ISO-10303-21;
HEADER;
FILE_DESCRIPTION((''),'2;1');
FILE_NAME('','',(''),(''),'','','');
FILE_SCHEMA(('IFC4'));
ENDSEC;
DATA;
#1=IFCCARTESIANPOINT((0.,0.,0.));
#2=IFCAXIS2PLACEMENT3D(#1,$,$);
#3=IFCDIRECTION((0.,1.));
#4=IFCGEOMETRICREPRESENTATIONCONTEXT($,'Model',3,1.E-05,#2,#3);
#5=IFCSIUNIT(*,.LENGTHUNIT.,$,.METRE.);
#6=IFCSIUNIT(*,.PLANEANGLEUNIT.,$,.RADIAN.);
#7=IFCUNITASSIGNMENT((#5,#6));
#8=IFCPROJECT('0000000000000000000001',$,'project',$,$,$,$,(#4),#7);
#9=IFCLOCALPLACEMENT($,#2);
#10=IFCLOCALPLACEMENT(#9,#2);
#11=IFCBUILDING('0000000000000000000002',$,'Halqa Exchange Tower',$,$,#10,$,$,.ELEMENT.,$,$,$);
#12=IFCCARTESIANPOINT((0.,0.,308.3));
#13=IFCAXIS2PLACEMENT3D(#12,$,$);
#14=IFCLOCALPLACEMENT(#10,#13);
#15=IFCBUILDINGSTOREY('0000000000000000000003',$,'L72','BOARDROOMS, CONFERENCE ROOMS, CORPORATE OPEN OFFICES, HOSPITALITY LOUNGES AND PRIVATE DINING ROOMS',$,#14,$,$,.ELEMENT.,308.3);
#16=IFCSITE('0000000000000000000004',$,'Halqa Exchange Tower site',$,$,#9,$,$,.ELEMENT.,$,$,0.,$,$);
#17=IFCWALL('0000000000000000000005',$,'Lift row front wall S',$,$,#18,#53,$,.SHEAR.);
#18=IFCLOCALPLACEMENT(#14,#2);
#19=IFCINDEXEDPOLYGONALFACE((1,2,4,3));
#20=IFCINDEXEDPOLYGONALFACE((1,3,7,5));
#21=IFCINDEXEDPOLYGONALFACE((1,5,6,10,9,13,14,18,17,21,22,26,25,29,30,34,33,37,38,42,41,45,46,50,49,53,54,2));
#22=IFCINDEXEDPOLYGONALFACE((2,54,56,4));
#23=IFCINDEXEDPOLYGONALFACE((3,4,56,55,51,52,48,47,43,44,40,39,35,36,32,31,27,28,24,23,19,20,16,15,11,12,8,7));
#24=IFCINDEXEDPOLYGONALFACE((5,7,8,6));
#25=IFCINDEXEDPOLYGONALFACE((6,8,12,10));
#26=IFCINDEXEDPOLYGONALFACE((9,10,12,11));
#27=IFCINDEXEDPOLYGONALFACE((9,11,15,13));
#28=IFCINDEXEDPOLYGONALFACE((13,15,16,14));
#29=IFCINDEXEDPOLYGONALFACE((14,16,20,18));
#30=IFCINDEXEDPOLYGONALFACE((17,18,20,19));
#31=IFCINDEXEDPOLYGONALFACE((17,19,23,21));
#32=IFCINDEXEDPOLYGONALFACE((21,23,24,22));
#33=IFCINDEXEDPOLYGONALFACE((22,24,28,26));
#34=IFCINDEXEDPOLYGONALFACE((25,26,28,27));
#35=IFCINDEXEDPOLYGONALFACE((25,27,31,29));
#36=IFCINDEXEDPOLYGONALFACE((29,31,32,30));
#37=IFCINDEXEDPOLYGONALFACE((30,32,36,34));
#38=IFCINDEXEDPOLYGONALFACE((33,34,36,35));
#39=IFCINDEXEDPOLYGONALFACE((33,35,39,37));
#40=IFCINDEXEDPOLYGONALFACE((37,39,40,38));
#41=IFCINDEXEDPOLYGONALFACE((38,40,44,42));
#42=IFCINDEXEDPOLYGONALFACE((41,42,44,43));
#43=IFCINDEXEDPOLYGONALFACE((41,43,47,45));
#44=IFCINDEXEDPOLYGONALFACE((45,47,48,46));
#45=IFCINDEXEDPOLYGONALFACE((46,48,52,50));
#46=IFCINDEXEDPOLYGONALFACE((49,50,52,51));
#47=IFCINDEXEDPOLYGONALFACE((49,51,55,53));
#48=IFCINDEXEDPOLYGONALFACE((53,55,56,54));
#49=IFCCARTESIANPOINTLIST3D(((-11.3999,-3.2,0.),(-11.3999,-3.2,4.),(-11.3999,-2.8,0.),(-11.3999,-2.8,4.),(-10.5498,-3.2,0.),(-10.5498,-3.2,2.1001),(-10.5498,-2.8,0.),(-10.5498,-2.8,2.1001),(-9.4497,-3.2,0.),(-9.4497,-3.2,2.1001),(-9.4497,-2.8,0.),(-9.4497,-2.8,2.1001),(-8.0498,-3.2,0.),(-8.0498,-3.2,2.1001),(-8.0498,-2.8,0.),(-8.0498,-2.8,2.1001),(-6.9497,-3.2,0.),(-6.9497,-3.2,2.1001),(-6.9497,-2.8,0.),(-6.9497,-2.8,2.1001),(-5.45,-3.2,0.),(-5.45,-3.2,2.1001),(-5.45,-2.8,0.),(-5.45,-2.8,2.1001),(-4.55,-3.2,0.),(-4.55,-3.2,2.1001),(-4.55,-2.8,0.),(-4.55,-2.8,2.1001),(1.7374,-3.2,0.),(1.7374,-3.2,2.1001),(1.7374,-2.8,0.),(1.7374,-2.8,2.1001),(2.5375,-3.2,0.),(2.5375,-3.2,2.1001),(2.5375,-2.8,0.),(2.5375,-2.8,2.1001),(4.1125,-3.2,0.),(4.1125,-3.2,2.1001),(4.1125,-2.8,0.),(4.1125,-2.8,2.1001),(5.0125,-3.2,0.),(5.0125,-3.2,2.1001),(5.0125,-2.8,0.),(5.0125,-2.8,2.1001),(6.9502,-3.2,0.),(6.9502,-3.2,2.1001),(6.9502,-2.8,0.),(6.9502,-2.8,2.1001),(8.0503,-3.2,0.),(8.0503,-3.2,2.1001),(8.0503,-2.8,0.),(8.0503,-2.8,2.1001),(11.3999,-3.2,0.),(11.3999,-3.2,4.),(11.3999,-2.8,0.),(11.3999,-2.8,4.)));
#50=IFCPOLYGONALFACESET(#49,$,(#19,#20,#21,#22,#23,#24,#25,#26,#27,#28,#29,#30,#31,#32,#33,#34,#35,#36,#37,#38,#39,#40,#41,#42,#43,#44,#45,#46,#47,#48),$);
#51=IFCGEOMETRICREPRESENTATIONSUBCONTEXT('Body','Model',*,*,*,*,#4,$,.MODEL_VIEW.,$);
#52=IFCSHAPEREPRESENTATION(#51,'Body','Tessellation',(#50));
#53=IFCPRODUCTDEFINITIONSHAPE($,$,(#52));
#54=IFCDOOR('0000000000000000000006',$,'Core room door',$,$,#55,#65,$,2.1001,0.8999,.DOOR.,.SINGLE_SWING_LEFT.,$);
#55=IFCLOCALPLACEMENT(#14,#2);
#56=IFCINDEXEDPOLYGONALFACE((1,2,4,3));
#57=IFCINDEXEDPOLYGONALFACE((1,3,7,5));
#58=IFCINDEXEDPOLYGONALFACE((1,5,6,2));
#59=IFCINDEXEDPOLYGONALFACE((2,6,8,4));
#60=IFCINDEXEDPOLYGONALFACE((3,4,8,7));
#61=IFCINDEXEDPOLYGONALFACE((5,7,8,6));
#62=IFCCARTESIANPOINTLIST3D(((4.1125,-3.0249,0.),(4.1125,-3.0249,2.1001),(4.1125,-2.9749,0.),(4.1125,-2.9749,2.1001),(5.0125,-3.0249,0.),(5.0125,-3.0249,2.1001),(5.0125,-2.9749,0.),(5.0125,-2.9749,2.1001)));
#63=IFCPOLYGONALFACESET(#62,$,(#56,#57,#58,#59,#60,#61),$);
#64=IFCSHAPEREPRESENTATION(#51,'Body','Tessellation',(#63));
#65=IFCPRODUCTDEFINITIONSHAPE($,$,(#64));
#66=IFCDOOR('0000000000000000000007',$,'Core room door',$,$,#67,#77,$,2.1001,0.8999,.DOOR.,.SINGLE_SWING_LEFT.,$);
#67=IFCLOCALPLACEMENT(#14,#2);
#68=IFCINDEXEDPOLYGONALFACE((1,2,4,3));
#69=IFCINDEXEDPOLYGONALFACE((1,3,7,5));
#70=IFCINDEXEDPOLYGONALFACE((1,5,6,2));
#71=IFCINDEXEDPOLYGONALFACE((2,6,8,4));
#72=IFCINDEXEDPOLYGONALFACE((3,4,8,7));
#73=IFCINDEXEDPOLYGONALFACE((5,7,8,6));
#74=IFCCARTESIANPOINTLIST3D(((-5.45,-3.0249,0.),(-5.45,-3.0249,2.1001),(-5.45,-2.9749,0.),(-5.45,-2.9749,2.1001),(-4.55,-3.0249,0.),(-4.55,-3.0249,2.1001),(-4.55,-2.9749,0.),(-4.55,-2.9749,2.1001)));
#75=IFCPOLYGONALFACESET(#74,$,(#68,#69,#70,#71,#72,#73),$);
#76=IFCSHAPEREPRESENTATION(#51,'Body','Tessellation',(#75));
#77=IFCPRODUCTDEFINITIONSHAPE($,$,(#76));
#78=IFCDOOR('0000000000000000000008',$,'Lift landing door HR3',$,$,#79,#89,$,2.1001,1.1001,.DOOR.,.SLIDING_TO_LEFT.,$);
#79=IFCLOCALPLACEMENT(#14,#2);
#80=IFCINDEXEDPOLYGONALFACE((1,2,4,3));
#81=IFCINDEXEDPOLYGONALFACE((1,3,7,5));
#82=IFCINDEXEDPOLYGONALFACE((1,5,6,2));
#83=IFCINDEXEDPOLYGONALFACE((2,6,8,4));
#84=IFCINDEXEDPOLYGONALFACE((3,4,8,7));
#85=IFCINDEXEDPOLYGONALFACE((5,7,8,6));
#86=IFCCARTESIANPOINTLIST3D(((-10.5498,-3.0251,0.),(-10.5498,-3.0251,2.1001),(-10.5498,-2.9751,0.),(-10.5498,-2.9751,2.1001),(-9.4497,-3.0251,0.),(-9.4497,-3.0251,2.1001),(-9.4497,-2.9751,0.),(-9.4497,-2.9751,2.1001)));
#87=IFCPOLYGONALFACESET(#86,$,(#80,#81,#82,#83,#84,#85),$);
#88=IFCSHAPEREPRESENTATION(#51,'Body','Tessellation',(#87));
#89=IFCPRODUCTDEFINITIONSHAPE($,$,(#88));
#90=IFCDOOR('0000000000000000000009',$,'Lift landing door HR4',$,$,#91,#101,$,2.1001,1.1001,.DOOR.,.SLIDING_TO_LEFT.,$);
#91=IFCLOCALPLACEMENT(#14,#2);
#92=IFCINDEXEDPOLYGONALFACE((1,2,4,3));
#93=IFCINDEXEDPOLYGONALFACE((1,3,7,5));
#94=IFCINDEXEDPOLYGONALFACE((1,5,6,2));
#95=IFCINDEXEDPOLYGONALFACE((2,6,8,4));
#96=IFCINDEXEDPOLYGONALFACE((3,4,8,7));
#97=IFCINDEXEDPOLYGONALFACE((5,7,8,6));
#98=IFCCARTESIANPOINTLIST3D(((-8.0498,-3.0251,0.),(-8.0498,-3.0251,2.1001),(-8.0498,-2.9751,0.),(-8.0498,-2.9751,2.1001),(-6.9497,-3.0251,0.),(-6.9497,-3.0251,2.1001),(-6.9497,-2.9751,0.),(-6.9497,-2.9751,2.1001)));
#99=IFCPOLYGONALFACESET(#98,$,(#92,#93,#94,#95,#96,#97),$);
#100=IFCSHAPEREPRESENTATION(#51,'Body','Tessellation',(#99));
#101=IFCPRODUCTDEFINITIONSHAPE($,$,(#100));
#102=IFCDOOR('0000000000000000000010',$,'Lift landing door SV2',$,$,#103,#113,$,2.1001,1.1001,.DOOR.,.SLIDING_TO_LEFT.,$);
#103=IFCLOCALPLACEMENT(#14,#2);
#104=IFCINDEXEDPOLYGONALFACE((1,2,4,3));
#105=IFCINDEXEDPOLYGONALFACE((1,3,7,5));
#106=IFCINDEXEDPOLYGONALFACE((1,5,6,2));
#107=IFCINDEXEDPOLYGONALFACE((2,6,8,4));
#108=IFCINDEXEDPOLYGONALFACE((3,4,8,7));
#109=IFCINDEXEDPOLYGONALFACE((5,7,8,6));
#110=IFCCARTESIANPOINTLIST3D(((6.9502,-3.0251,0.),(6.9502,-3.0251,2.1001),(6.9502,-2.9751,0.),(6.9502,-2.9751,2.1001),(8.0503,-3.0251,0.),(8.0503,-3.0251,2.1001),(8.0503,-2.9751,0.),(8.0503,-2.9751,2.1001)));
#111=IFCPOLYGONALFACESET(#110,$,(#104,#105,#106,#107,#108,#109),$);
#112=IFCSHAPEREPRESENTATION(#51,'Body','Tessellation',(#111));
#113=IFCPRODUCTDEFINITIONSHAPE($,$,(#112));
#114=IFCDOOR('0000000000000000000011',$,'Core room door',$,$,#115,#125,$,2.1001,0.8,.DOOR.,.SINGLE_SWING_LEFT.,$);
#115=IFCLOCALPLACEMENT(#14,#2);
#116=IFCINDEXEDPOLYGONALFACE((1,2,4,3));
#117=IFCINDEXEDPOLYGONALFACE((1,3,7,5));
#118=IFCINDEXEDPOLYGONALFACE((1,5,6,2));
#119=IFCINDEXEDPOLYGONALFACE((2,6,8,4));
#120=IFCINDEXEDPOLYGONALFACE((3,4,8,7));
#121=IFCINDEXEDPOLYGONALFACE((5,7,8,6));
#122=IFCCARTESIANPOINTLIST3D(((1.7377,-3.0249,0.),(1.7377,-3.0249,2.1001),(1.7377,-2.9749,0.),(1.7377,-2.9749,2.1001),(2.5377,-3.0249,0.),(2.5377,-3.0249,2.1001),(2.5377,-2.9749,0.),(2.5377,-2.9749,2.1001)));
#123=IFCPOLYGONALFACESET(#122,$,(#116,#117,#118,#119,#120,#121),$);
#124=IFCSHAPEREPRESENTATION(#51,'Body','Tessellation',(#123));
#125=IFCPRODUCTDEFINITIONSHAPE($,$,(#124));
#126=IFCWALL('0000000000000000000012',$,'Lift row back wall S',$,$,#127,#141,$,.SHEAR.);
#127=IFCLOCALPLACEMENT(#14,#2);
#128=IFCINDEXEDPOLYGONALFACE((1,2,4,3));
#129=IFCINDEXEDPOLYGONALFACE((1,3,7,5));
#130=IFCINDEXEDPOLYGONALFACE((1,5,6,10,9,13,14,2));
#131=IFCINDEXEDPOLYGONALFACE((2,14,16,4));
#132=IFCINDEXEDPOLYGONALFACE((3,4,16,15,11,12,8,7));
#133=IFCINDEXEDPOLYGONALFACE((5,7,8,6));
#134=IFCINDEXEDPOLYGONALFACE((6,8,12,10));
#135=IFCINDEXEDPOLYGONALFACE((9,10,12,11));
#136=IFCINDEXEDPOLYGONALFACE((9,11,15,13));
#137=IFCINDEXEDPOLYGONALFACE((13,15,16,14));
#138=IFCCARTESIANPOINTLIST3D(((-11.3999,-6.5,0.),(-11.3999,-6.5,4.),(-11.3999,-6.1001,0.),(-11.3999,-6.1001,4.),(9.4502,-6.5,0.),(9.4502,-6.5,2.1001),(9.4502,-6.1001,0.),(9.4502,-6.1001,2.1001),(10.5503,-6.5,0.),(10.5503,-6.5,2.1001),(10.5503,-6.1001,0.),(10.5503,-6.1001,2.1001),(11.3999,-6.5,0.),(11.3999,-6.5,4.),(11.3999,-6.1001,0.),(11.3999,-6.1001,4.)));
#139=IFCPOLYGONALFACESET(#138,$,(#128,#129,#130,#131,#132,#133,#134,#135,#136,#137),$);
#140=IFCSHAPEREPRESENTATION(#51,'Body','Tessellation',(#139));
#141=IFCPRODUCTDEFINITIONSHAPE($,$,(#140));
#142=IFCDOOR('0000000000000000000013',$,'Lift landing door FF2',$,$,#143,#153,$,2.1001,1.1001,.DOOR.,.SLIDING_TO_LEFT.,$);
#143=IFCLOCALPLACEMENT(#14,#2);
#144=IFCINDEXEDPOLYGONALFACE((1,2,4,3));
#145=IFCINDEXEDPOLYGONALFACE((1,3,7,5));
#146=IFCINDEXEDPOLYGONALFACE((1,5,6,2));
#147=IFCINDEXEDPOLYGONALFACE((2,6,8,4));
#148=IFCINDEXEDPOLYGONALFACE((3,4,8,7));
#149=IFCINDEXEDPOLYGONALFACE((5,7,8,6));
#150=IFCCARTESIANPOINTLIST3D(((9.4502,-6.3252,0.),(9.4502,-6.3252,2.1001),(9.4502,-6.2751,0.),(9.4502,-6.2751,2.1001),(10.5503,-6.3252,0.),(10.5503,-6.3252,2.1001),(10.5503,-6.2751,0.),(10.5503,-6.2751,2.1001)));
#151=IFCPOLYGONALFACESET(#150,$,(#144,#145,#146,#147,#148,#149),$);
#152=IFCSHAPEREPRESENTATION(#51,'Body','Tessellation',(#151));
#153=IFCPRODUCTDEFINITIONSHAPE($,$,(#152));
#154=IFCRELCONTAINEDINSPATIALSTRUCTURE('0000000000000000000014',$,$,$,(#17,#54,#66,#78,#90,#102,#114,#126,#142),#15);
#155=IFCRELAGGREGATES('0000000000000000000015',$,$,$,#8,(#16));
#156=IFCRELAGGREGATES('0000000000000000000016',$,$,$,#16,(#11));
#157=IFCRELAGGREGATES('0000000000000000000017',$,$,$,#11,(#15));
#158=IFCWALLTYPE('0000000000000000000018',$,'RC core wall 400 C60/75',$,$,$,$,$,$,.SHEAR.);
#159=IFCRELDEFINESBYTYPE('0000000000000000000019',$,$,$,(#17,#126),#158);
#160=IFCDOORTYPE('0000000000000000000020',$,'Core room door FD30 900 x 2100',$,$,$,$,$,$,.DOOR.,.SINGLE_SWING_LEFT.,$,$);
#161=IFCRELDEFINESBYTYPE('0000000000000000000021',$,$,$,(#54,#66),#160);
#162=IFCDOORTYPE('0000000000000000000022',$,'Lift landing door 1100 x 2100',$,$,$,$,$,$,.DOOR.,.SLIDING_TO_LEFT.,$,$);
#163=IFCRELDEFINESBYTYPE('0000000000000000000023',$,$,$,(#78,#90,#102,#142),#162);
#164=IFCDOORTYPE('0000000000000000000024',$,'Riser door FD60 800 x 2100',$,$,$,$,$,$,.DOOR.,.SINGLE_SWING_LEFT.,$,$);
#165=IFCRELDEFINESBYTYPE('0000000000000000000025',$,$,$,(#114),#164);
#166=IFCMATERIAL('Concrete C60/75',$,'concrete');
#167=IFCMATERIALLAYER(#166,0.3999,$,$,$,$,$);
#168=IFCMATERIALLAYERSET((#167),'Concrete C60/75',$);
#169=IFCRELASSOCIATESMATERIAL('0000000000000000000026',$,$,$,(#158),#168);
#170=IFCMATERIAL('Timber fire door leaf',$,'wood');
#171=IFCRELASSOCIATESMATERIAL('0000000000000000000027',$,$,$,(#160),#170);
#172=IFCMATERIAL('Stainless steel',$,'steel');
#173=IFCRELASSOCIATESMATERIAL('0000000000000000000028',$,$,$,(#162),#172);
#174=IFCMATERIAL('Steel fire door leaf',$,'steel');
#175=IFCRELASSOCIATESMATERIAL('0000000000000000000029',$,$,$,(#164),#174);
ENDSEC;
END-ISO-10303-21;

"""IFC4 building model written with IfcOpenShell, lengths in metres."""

from ifc_helpers import new_model, si_unit, direction, frame, frame_2d, origin, place, context, subcontext, project, spatial, rectangle, extrude, material, layer, layer_set, type_object, element, fill, save


model = new_model("IFC4")

# Units and contexts
model_context = context("Model", 3, precision=1e-05, world=origin(), true_north=direction((0.0, 1.0)))
body_context = subcontext(model_context, "Body", "Model", "MODEL_VIEW")
ifc_project = project(units=[si_unit("LENGTHUNIT", "METRE"), si_unit("PLANEANGLEUNIT", "RADIAN")], contexts=[model_context])

# Site, building, storey
site_placement = place(None, origin())
site = spatial("IfcSite", under=ifc_project, at=site_placement, Name="Halqa Exchange Tower site", CompositionType="ELEMENT", RefElevation=0.0)
building_placement = place(site_placement, origin())
building = spatial("IfcBuilding", under=site, at=building_placement, Name="Halqa Exchange Tower", CompositionType="ELEMENT")
storey_placement = place(building_placement, frame((0.0, 0.0, 308.3)))
storey = spatial("IfcBuildingStorey", under=building, at=storey_placement, Name="L72", Description="BOARDROOMS, CONFERENCE ROOMS, CORPORATE OPEN OFFICES, HOSPITALITY LOUNGES AND PRIVATE DINING ROOMS", CompositionType="ELEMENT", Elevation=308.3)

# Shared definitions
ifc_material_1 = material(Name="Concrete C60/75", Category="concrete")

# Wall, openings, doors
ifc_layer_1 = layer(ifc_material_1, 0.3999)
ifc_layer_set_1 = layer_set([ifc_layer_1], Name="Concrete C60/75")
wall_type_1 = type_object("IfcWallType", Name="RC core wall 400 C60/75", PredefinedType="SHEAR", material=ifc_layer_set_1)
wall_1_placement = place(storey_placement, frame((-11.3999, -3.0, 0.0), z_axis=(0.0, 0.0, 1.0), x_axis=(1.0, 0.0, 0.0)))
wall_1 = element("IfcWall", 1, at=wall_1_placement, inside=storey, type_object=wall_type_1, Name="Lift row front wall S", PredefinedType="SHEAR", context=body_context, shape_type="SweptSolid", body=[
    extrude(rectangle(XDim=22.7998, YDim=0.3999, at=frame_2d((11.3999, 0.0))), origin(), (0.0, 0.0, 1.0), 4.0),
])
opening_1_placement = place(wall_1_placement, frame((0.8501, 0.0, 0.0)))
opening_1 = element("IfcOpeningElement", 2, at=opening_1_placement, cuts=wall_1, PredefinedType="OPENING", context=body_context, shape_type="SweptSolid", body=[
    extrude(rectangle(XDim=1.1001, YDim=2.1001, at=frame_2d((0.55, 1.05))), frame((0.0, 0.2119, 0.0), z_axis=(0.0, -1.0, 0.0), x_axis=(1.0, 0.0, 0.0)), (0.0, 0.0, 1.0), 0.4238),
])
opening_2_placement = place(wall_1_placement, frame((3.3501, 0.0, 0.0)))
opening_2 = element("IfcOpeningElement", 3, at=opening_2_placement, cuts=wall_1, PredefinedType="OPENING", context=body_context, shape_type="SweptSolid", body=[
    extrude(rectangle(XDim=1.1001, YDim=2.1001, at=frame_2d((0.55, 1.05))), frame((0.0, 0.2119, 0.0), z_axis=(0.0, -1.0, 0.0), x_axis=(1.0, 0.0, 0.0)), (0.0, 0.0, 1.0), 0.4238),
])
opening_3_placement = place(wall_1_placement, frame((18.3501, 0.0, 0.0)))
opening_3 = element("IfcOpeningElement", 4, at=opening_3_placement, cuts=wall_1, PredefinedType="OPENING", context=body_context, shape_type="SweptSolid", body=[
    extrude(rectangle(XDim=1.1001, YDim=2.1001, at=frame_2d((0.55, 1.05))), frame((0.0, 0.2119, 0.0), z_axis=(0.0, -1.0, 0.0), x_axis=(1.0, 0.0, 0.0)), (0.0, 0.0, 1.0), 0.4238),
])
opening_4_placement = place(wall_1_placement, frame((13.1375, 0.0, 0.0)))
opening_4 = element("IfcOpeningElement", 5, at=opening_4_placement, cuts=wall_1, PredefinedType="OPENING", context=body_context, shape_type="SweptSolid", body=[
    extrude(rectangle(XDim=0.8, YDim=2.1001, at=frame_2d((0.3999, 1.05))), frame((0.0, 0.2119, 0.0), z_axis=(0.0, -1.0, 0.0), x_axis=(1.0, 0.0, 0.0)), (0.0, 0.0, 1.0), 0.4238),
])
opening_5_placement = place(wall_1_placement, frame((15.5125, 0.0, 0.0)))
opening_5 = element("IfcOpeningElement", 6, at=opening_5_placement, cuts=wall_1, PredefinedType="OPENING", context=body_context, shape_type="SweptSolid", body=[
    extrude(rectangle(XDim=0.8999, YDim=2.1001, at=frame_2d((0.45, 1.05))), frame((0.0, 0.2119, 0.0), z_axis=(0.0, -1.0, 0.0), x_axis=(1.0, 0.0, 0.0)), (0.0, 0.0, 1.0), 0.4238),
])
opening_6_placement = place(wall_1_placement, frame((5.95, 0.0, 0.0)))
opening_6 = element("IfcOpeningElement", 7, at=opening_6_placement, cuts=wall_1, PredefinedType="OPENING", context=body_context, shape_type="SweptSolid", body=[
    extrude(rectangle(XDim=0.8999, YDim=2.1001, at=frame_2d((0.45, 1.05))), frame((0.0, 0.2119, 0.0), z_axis=(0.0, -1.0, 0.0), x_axis=(1.0, 0.0, 0.0)), (0.0, 0.0, 1.0), 0.4238),
])
ifc_material_2 = material(Name="Timber fire door leaf", Category="wood")
door_type_1 = type_object("IfcDoorType", Name="Core room door FD30 900 x 2100", OperationType="SINGLE_SWING_LEFT", PredefinedType="DOOR", material=ifc_material_2)
door_1_placement = place(opening_5_placement, frame((0.8999, 0.0, 0.0), z_axis=(0.0, 0.0, 1.0), x_axis=(-1.0, 0.0, 0.0)))
door_1 = element("IfcDoor", 8, at=door_1_placement, inside=storey, type_object=door_type_1, Name="Core room door", OperationType="SINGLE_SWING_LEFT", OverallHeight=2.1001, OverallWidth=0.8999, PredefinedType="DOOR", context=body_context, shape_type="SweptSolid", body=[
    extrude(rectangle(XDim=0.8999, YDim=2.1001, at=frame_2d((0.45, 1.05))), frame((0.0, 0.0249, 0.0), z_axis=(0.0, -1.0, 0.0), x_axis=(1.0, 0.0, 0.0)), (0.0, 0.0, 1.0), 0.05),
])
fill(opening_5, door_1)
door_2_placement = place(opening_6_placement, frame((0.8999, 0.0, 0.0), z_axis=(0.0, 0.0, 1.0), x_axis=(-1.0, 0.0, 0.0)))
door_2 = element("IfcDoor", 9, at=door_2_placement, inside=storey, type_object=door_type_1, Name="Core room door", OperationType="SINGLE_SWING_LEFT", OverallHeight=2.1001, OverallWidth=0.8999, PredefinedType="DOOR", context=body_context, shape_type="SweptSolid", body=[
    extrude(rectangle(XDim=0.8999, YDim=2.1001, at=frame_2d((0.45, 1.05))), frame((0.0, 0.0249, 0.0), z_axis=(0.0, -1.0, 0.0), x_axis=(1.0, 0.0, 0.0)), (0.0, 0.0, 1.0), 0.05),
])
fill(opening_6, door_2)
ifc_material_3 = material(Name="Stainless steel", Category="steel")
door_type_2 = type_object("IfcDoorType", Name="Lift landing door 1100 x 2100", OperationType="SLIDING_TO_LEFT", PredefinedType="DOOR", material=ifc_material_3)
door_3_placement = place(opening_1_placement, origin())
door_3 = element("IfcDoor", 10, at=door_3_placement, inside=storey, type_object=door_type_2, Name="Lift landing door HR3", OperationType="SLIDING_TO_LEFT", OverallHeight=2.1001, OverallWidth=1.1001, PredefinedType="DOOR", context=body_context, shape_type="SweptSolid", body=[
    extrude(rectangle(XDim=1.1001, YDim=2.1001, at=frame_2d((0.55, 1.05))), frame((0.0, 0.0249, 0.0), z_axis=(0.0, -1.0, 0.0), x_axis=(1.0, 0.0, 0.0)), (0.0, 0.0, 1.0), 0.05),
])
fill(opening_1, door_3)
door_4_placement = place(opening_2_placement, origin())
door_4 = element("IfcDoor", 11, at=door_4_placement, inside=storey, type_object=door_type_2, Name="Lift landing door HR4", OperationType="SLIDING_TO_LEFT", OverallHeight=2.1001, OverallWidth=1.1001, PredefinedType="DOOR", context=body_context, shape_type="SweptSolid", body=[
    extrude(rectangle(XDim=1.1001, YDim=2.1001, at=frame_2d((0.55, 1.05))), frame((0.0, 0.0249, 0.0), z_axis=(0.0, -1.0, 0.0), x_axis=(1.0, 0.0, 0.0)), (0.0, 0.0, 1.0), 0.05),
])
fill(opening_2, door_4)
door_5_placement = place(opening_3_placement, origin())
door_5 = element("IfcDoor", 12, at=door_5_placement, inside=storey, type_object=door_type_2, Name="Lift landing door SV2", OperationType="SLIDING_TO_LEFT", OverallHeight=2.1001, OverallWidth=1.1001, PredefinedType="DOOR", context=body_context, shape_type="SweptSolid", body=[
    extrude(rectangle(XDim=1.1001, YDim=2.1001, at=frame_2d((0.55, 1.05))), frame((0.0, 0.0249, 0.0), z_axis=(0.0, -1.0, 0.0), x_axis=(1.0, 0.0, 0.0)), (0.0, 0.0, 1.0), 0.05),
])
fill(opening_3, door_5)
ifc_material_4 = material(Name="Steel fire door leaf", Category="steel")
door_type_3 = type_object("IfcDoorType", Name="Riser door FD60 800 x 2100", OperationType="SINGLE_SWING_LEFT", PredefinedType="DOOR", material=ifc_material_4)
door_6_placement = place(opening_4_placement, frame((0.8, 0.0, 0.0), z_axis=(0.0, 0.0, 1.0), x_axis=(-1.0, 0.0, 0.0)))
door_6 = element("IfcDoor", 13, at=door_6_placement, inside=storey, type_object=door_type_3, Name="Core room door", OperationType="SINGLE_SWING_LEFT", OverallHeight=2.1001, OverallWidth=0.8, PredefinedType="DOOR", context=body_context, shape_type="SweptSolid", body=[
    extrude(rectangle(XDim=0.8, YDim=2.1001, at=frame_2d((0.3999, 1.05))), frame((0.0, 0.0249, 0.0), z_axis=(0.0, -1.0, 0.0), x_axis=(1.0, 0.0, 0.0)), (0.0, 0.0, 1.0), 0.05),
])
fill(opening_4, door_6)

# Wall, opening, door
wall_2_placement = place(storey_placement, frame((-11.3999, -6.3, 0.0), z_axis=(0.0, 0.0, 1.0), x_axis=(1.0, 0.0, 0.0)))
wall_2 = element("IfcWall", 14, at=wall_2_placement, inside=storey, type_object=wall_type_1, Name="Lift row back wall S", PredefinedType="SHEAR", context=body_context, shape_type="SweptSolid", body=[
    extrude(rectangle(XDim=22.7998, YDim=0.3999, at=frame_2d((11.3999, 0.0))), origin(), (0.0, 0.0, 1.0), 4.0),
])
opening_7_placement = place(wall_2_placement, frame((20.8501, 0.0, 0.0)))
opening_7 = element("IfcOpeningElement", 15, at=opening_7_placement, cuts=wall_2, PredefinedType="OPENING", context=body_context, shape_type="SweptSolid", body=[
    extrude(rectangle(XDim=1.1001, YDim=2.1001, at=frame_2d((0.55, 1.05))), frame((0.0, 0.2119, 0.0), z_axis=(0.0, -1.0, 0.0), x_axis=(1.0, 0.0, 0.0)), (0.0, 0.0, 1.0), 0.4238),
])
door_7_placement = place(opening_7_placement, origin())
door_7 = element("IfcDoor", 16, at=door_7_placement, inside=storey, type_object=door_type_2, Name="Lift landing door FF2", OperationType="SLIDING_TO_LEFT", OverallHeight=2.1001, OverallWidth=1.1001, PredefinedType="DOOR", context=body_context, shape_type="SweptSolid", body=[
    extrude(rectangle(XDim=1.1001, YDim=2.1001, at=frame_2d((0.55, 1.05))), frame((0.0, 0.0249, 0.0), z_axis=(0.0, -1.0, 0.0), x_axis=(1.0, 0.0, 0.0)), (0.0, 0.0, 1.0), 0.05),
])
fill(opening_7, door_7)

save(model, "model.ifc")
